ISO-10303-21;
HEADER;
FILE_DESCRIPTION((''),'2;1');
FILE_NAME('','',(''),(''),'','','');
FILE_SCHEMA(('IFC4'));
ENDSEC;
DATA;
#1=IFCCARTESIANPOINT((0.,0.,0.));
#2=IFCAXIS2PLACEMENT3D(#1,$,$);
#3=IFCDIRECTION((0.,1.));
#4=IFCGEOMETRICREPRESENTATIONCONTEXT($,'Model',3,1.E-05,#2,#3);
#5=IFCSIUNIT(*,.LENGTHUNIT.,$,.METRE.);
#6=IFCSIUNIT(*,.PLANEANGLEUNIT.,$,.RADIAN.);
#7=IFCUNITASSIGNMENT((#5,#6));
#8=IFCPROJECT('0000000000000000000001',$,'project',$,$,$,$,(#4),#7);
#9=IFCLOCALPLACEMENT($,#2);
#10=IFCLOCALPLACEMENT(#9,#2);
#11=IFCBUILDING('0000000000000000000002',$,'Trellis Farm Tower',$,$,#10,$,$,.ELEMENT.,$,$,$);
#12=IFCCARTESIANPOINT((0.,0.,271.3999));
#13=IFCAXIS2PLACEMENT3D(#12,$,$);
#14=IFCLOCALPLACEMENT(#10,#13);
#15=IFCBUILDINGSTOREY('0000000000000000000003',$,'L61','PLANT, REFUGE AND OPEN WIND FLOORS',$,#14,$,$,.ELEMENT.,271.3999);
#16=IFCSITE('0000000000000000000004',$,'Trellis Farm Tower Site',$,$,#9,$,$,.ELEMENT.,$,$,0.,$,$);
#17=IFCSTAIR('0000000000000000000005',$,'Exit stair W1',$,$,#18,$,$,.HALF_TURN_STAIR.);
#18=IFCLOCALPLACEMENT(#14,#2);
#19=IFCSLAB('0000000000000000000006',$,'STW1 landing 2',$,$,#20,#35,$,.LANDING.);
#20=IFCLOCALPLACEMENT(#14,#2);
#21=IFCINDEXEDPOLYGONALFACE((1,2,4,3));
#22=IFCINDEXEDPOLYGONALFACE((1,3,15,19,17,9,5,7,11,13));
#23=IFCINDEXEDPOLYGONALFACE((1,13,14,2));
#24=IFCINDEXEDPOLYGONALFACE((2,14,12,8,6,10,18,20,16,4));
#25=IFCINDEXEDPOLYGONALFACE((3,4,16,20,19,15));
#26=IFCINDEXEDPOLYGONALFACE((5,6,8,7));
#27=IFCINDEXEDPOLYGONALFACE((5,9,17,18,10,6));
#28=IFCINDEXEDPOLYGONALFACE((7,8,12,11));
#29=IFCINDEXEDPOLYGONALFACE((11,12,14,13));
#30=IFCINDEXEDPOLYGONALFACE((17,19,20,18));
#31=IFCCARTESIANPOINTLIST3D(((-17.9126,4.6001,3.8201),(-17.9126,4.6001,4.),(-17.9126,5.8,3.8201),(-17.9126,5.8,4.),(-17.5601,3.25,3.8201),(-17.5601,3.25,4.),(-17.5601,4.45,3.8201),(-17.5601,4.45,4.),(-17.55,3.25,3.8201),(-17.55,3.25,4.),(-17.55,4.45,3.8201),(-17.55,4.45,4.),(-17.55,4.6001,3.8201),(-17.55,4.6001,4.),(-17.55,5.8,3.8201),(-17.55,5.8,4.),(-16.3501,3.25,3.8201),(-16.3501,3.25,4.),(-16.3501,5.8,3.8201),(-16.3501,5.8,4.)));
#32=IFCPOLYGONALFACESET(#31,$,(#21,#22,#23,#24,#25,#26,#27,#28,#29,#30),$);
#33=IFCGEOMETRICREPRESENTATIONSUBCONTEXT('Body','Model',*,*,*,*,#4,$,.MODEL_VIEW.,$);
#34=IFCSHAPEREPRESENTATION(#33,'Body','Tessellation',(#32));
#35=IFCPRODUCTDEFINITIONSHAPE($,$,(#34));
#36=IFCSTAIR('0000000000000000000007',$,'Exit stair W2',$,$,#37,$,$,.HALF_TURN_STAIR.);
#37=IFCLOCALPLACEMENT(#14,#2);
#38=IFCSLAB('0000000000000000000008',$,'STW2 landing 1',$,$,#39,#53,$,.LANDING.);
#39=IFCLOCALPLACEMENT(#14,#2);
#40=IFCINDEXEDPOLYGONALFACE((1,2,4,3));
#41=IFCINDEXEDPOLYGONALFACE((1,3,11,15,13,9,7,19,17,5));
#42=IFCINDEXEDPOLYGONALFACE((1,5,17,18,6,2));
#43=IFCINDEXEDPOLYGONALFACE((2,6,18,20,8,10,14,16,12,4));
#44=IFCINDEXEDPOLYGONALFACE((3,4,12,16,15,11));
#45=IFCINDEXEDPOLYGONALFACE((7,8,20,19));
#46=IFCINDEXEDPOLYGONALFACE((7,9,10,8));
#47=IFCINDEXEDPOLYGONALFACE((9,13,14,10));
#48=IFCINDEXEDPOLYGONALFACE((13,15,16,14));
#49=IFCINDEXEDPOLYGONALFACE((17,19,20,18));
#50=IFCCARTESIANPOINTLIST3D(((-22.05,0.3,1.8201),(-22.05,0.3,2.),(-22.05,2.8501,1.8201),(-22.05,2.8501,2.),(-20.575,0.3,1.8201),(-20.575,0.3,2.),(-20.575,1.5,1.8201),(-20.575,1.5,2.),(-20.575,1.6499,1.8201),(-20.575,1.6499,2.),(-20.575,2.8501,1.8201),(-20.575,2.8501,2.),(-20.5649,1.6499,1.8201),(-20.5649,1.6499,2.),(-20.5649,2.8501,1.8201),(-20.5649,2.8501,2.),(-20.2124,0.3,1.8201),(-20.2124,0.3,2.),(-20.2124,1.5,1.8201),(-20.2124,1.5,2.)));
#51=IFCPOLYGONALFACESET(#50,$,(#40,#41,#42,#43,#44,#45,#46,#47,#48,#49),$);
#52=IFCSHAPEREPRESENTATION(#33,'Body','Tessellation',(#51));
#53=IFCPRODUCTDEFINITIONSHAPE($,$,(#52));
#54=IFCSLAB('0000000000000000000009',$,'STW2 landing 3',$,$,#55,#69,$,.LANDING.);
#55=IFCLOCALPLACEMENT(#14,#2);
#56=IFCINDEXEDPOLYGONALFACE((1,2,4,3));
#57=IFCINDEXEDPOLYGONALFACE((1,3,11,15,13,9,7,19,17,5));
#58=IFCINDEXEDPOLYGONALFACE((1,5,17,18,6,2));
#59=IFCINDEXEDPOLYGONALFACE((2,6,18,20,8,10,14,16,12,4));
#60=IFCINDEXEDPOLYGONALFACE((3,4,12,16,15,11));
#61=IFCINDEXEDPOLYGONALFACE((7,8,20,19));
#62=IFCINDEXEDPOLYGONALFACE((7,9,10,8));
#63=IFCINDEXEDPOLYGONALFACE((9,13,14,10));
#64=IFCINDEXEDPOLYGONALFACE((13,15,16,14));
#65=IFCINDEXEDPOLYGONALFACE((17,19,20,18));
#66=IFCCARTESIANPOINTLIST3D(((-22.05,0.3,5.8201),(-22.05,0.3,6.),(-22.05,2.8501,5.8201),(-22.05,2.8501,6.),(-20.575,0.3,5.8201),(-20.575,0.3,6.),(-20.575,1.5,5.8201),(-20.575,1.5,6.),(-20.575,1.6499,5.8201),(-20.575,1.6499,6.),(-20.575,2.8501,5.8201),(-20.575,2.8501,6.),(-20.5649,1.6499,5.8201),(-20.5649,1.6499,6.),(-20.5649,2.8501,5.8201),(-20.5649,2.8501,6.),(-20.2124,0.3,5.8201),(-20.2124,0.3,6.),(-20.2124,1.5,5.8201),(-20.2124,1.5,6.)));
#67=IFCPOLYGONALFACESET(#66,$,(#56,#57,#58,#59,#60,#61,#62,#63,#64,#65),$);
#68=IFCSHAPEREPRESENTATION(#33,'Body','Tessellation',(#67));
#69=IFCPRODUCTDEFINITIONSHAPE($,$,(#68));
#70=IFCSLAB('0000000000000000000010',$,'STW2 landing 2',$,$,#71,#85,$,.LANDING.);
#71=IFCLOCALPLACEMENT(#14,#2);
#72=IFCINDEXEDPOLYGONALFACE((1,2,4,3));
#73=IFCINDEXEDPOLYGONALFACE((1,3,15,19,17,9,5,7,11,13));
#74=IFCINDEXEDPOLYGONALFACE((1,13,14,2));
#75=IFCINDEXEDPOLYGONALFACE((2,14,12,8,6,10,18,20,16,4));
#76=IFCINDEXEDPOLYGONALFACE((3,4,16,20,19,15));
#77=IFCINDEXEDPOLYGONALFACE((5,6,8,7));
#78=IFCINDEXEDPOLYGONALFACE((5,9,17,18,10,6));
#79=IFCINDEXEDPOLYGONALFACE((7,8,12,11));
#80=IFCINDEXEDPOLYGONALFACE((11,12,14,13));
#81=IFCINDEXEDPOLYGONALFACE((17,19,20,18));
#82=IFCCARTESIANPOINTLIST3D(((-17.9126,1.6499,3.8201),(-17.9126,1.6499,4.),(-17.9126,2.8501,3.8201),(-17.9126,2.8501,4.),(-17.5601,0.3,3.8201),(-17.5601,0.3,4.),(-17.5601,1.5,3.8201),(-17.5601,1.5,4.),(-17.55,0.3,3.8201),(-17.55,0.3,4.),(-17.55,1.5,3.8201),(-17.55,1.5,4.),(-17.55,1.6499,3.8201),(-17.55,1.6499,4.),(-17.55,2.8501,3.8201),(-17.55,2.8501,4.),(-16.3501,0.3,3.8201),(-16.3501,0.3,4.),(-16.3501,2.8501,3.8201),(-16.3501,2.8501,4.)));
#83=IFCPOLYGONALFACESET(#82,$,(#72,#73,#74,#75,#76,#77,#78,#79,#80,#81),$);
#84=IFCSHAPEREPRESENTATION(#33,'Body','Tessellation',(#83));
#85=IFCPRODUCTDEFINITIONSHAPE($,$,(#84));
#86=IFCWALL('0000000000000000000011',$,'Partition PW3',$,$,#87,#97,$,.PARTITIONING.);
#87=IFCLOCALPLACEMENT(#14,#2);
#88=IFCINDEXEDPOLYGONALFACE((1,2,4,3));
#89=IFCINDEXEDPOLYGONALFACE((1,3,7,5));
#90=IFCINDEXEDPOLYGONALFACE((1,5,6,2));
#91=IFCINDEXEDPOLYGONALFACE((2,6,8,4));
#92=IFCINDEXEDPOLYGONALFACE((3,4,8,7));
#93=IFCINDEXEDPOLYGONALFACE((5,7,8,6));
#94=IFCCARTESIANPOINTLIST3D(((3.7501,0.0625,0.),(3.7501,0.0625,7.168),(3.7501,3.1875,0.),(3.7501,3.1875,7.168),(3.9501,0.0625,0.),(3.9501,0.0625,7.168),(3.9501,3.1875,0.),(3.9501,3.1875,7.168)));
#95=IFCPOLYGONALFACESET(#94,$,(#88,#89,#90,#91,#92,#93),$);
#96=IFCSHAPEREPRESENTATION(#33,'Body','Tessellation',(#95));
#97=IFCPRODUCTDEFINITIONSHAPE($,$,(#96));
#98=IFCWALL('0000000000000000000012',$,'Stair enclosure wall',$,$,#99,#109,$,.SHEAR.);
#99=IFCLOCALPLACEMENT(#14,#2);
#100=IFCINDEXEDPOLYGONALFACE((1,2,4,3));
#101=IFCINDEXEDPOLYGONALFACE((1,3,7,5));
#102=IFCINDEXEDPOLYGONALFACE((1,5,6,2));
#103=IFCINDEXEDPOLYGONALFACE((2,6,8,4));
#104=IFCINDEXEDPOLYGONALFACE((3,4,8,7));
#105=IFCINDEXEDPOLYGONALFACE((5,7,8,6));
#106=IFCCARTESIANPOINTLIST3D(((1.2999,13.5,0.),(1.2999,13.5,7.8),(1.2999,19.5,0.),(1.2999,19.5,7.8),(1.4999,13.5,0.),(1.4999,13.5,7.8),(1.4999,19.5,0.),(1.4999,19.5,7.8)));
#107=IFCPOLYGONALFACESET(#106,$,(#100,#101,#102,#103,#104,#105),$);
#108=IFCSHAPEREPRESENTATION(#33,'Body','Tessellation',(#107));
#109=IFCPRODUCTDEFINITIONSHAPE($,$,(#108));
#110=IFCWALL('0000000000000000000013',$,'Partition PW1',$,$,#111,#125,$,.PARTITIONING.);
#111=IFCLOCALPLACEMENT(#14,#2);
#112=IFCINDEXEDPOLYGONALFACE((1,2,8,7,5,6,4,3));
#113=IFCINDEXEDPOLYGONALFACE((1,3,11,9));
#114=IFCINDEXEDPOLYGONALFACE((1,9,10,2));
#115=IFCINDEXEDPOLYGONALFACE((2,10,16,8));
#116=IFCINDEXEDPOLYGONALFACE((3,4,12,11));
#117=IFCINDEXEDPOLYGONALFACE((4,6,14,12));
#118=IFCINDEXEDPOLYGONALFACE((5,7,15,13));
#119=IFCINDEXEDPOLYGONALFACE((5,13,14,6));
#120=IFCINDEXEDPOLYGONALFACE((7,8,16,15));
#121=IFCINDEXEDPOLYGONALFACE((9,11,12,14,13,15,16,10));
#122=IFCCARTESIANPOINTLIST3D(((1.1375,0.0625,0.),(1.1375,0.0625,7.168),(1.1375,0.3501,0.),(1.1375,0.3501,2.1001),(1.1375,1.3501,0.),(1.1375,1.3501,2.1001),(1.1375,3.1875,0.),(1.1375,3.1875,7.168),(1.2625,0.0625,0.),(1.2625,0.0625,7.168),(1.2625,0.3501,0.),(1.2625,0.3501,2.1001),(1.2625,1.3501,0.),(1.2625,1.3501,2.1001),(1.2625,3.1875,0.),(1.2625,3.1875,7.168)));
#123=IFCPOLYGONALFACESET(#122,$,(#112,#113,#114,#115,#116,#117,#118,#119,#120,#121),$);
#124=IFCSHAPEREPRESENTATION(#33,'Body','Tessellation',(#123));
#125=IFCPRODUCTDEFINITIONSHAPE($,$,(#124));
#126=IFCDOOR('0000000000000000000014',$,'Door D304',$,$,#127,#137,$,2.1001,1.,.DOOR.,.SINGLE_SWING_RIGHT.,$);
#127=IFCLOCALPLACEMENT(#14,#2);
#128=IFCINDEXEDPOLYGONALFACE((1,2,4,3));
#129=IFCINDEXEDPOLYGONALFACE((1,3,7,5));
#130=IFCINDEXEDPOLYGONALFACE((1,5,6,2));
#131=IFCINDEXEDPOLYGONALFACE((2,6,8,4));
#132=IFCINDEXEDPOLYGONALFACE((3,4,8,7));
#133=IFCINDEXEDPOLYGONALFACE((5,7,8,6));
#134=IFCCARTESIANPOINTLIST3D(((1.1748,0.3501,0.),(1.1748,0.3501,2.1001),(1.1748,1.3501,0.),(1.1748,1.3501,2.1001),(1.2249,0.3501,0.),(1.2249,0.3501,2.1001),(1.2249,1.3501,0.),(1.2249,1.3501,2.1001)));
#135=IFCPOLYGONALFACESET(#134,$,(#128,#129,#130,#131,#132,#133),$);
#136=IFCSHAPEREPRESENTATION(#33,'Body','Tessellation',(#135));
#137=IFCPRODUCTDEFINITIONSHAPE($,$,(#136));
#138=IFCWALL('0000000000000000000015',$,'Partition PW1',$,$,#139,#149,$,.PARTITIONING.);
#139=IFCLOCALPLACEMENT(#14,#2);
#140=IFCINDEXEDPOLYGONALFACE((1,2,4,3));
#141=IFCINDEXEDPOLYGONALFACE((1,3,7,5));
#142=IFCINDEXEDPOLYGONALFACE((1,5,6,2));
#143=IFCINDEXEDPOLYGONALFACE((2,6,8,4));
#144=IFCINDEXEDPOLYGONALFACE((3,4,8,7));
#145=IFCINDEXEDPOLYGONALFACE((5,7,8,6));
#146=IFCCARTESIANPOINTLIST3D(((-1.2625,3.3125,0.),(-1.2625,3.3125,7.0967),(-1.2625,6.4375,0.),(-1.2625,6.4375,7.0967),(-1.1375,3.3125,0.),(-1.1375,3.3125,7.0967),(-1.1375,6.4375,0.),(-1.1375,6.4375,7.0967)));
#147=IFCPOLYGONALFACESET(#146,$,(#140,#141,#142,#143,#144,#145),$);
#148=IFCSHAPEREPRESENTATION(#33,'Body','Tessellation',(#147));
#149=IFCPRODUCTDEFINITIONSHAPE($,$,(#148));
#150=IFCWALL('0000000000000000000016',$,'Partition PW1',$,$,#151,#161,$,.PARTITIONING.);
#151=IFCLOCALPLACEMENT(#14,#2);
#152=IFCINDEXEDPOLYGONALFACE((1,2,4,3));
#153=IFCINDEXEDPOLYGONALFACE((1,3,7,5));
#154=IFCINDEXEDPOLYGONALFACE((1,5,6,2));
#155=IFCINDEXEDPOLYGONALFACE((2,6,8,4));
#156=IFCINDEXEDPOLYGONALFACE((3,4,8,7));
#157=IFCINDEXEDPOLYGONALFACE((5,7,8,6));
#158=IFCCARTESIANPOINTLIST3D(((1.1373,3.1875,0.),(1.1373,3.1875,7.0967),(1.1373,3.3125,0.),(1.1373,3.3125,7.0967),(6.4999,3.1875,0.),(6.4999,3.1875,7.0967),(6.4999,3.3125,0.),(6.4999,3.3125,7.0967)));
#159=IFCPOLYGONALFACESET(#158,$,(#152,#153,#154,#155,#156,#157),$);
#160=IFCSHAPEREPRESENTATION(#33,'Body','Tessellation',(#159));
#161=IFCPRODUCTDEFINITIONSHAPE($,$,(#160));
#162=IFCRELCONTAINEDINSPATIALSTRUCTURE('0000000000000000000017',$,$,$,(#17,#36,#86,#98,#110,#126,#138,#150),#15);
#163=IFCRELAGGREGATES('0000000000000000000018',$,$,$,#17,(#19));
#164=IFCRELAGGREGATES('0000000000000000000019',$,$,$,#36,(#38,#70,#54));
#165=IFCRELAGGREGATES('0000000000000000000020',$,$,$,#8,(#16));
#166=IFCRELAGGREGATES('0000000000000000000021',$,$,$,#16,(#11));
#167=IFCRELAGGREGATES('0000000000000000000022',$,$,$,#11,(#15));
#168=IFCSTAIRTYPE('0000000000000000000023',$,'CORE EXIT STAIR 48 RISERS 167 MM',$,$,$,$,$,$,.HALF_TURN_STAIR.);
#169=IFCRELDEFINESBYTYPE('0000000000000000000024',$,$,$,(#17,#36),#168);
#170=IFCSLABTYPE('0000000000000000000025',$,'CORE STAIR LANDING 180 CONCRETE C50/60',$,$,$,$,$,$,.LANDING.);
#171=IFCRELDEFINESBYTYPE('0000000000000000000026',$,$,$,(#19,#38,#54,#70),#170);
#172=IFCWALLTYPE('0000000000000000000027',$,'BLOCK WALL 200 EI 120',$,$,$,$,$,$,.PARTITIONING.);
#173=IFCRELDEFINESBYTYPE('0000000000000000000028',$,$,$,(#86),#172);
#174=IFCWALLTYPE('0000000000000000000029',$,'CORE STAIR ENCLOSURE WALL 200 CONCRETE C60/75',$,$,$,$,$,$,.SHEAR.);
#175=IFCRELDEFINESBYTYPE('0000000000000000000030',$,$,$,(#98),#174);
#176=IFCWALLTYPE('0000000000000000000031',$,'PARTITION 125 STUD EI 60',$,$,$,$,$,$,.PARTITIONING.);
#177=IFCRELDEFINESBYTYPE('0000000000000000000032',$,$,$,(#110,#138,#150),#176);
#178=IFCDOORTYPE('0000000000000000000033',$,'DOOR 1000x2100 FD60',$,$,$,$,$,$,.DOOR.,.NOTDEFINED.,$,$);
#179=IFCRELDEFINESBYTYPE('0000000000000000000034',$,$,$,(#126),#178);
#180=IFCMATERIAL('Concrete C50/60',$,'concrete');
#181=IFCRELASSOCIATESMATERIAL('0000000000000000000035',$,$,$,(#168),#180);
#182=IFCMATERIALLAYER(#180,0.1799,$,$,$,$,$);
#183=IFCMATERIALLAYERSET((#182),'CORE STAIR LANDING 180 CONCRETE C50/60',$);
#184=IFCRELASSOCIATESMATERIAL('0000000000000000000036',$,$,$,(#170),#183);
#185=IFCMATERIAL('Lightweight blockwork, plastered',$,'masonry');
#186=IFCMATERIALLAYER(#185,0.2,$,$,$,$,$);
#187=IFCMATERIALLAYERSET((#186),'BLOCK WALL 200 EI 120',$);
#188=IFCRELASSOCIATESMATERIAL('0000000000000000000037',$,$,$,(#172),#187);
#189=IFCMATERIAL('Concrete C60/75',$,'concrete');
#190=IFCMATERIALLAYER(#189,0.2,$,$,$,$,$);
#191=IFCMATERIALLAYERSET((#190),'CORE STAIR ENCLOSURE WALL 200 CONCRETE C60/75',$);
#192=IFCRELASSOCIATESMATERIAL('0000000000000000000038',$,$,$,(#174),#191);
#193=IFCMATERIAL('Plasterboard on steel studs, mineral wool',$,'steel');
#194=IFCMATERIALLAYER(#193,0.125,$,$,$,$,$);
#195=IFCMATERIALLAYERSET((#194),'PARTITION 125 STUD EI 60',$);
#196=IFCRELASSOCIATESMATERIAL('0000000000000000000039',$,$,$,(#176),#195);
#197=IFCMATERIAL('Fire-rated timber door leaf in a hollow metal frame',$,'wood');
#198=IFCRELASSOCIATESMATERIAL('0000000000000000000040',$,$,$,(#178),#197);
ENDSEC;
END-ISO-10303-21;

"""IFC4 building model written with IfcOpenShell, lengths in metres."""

from ifc_helpers import new_model, si_unit, direction, frame, frame_2d, origin, place, context, subcontext, project, spatial, polyline, rectangle, outline, extrude, source, transform, mapped, material, layer, layer_set, type_object, element, fill, aggregate, save


model = new_model("IFC4")

# Units and contexts
model_context = context("Model", 3, precision=1e-05, world=origin(), true_north=direction((0.0, 1.0)))
body_context = subcontext(model_context, "Body", "Model", "MODEL_VIEW")
ifc_project = project(units=[si_unit("LENGTHUNIT", "METRE"), si_unit("PLANEANGLEUNIT", "RADIAN")], contexts=[model_context])

# Site, building, storey
site_placement = place(None, origin())
site = spatial("IfcSite", under=ifc_project, at=site_placement, Name="Trellis Farm Tower Site", CompositionType="ELEMENT", RefElevation=0.0)
building_placement = place(site_placement, origin())
building = spatial("IfcBuilding", under=site, at=building_placement, Name="Trellis Farm Tower", CompositionType="ELEMENT")
storey_placement = place(building_placement, frame((0.0, 0.0, 271.3999)))
storey = spatial("IfcBuildingStorey", under=building, at=storey_placement, Name="L61", Description="PLANT, REFUGE AND OPEN WIND FLOORS", CompositionType="ELEMENT", Elevation=271.3999)

# Shared definitions
ifc_material_1 = material(Name="Concrete C60/75", Category="concrete")

# Stairs, slabs
ifc_material_2 = material(Name="Concrete C50/60", Category="concrete")
stair_type = type_object("IfcStairType", Name="CORE EXIT STAIR 48 RISERS 167 MM", PredefinedType="HALF_TURN_STAIR", material=ifc_material_2)
placement_1 = place(storey_placement, origin())
ifc_layer_1 = layer(ifc_material_2, 0.1799)
ifc_layer_set_1 = layer_set([ifc_layer_1], Name="CORE STAIR LANDING 180 CONCRETE C50/60")
slab_type = type_object("IfcSlabType", Name="CORE STAIR LANDING 180 CONCRETE C50/60", PredefinedType="LANDING", material=ifc_layer_set_1)
placement_2 = place(storey_placement, frame((0.0, 0.0, 5.8201)))
placement_3 = place(storey_placement, frame((0.0, 0.0, 3.8201)))
placement_4 = place(storey_placement, frame((0.0, 0.0, 1.8201)))
stair_1 = element("IfcStair", 1, at=placement_1, inside=storey, type_object=stair_type, Name="Exit stair W1", PredefinedType="HALF_TURN_STAIR")
shared_shape_1 = source(origin(), body_context, "Body", "SweptSolid", [
    extrude(outline(polyline([(-17.5601, 3.25), (-17.5601, 4.45), (-17.55, 4.45), (-17.55, 4.6001), (-17.9126, 4.6001), (-17.9126, 5.8), (-17.55, 5.8), (-16.3501, 5.8), (-16.3501, 3.25), (-17.55, 3.25), (-17.5601, 3.25)])), origin(), (0.0, 0.0, 1.0), 0.1799),
])
slab_1 = element("IfcSlab", 2, at=placement_3, type_object=slab_type, Name="STW1 landing 2", PredefinedType="LANDING", context=body_context, shape_type="MappedRepresentation", body=[
    mapped(shared_shape_1, transform((0.0, 0.0, 0.0))),
])
aggregate(stair_1, [slab_1])
stair_2 = element("IfcStair", 3, at=placement_1, inside=storey, type_object=stair_type, Name="Exit stair W2", PredefinedType="HALF_TURN_STAIR")
shared_shape_2 = source(origin(), body_context, "Body", "SweptSolid", [
    extrude(outline(polyline([(-20.2124, 1.5), (-20.2124, 0.3), (-20.575, 0.3), (-22.05, 0.3), (-22.05, 2.8501), (-20.575, 2.8501), (-20.5649, 2.8501), (-20.5649, 1.6499), (-20.575, 1.6499), (-20.575, 1.5), (-20.2124, 1.5)])), origin(), (0.0, 0.0, 1.0), 0.1799),
])
slab_2 = element("IfcSlab", 4, at=placement_4, type_object=slab_type, Name="STW2 landing 1", PredefinedType="LANDING", context=body_context, shape_type="MappedRepresentation", body=[
    mapped(shared_shape_2, transform((0.0, 0.0, 0.0))),
])
slab_3 = element("IfcSlab", 5, at=placement_2, type_object=slab_type, Name="STW2 landing 3", PredefinedType="LANDING", context=body_context, shape_type="MappedRepresentation", body=[
    mapped(shared_shape_2, transform((0.0, 0.0, 0.0))),
])
shared_shape_3 = source(origin(), body_context, "Body", "SweptSolid", [
    extrude(outline(polyline([(-17.5601, 0.3), (-17.5601, 1.5), (-17.55, 1.5), (-17.55, 1.6499), (-17.9126, 1.6499), (-17.9126, 2.8501), (-17.55, 2.8501), (-16.3501, 2.8501), (-16.3501, 0.3), (-17.55, 0.3), (-17.5601, 0.3)])), origin(), (0.0, 0.0, 1.0), 0.1799),
])
slab_4 = element("IfcSlab", 6, at=placement_3, type_object=slab_type, Name="STW2 landing 2", PredefinedType="LANDING", context=body_context, shape_type="MappedRepresentation", body=[
    mapped(shared_shape_3, transform((0.0, 0.0, 0.0))),
])
aggregate(stair_2, [slab_2, slab_4, slab_3])

# Walls
ifc_material_3 = material(Name="Lightweight blockwork, plastered", Category="masonry")
ifc_layer_2 = layer(ifc_material_3, 0.2)
ifc_layer_set_2 = layer_set([ifc_layer_2], Name="BLOCK WALL 200 EI 120")
wall_type_1 = type_object("IfcWallType", Name="BLOCK WALL 200 EI 120", PredefinedType="PARTITIONING", material=ifc_layer_set_2)
wall_1_placement = place(storey_placement, frame((3.8501, 0.0625, 0.0), z_axis=(0.0, 0.0, 1.0), x_axis=(0.0, 1.0, 0.0)))
element("IfcWall", 7, at=wall_1_placement, inside=storey, type_object=wall_type_1, Name="Partition PW3", PredefinedType="PARTITIONING", context=body_context, shape_type="SweptSolid", body=[
    extrude(rectangle(XDim=3.125, YDim=0.2, at=frame_2d((1.5625, 0.0))), origin(), (0.0, 0.0, 1.0), 7.168),
])
ifc_layer_3 = layer(ifc_material_1, 0.2)
ifc_layer_set_3 = layer_set([ifc_layer_3], Name="CORE STAIR ENCLOSURE WALL 200 CONCRETE C60/75")
wall_type_2 = type_object("IfcWallType", Name="CORE STAIR ENCLOSURE WALL 200 CONCRETE C60/75", PredefinedType="SHEAR", material=ifc_layer_set_3)
shared_shape_4 = source(origin(), body_context, "Body", "SweptSolid", [
    extrude(rectangle(XDim=6.0, YDim=0.2, at=frame_2d((3.0, 0.0))), origin(), (0.0, 0.0, 1.0), 7.8),
])
wall_2_placement = place(storey_placement, frame((1.3999, 13.5, 0.0), z_axis=(0.0, 0.0, 1.0), x_axis=(0.0, 1.0, 0.0)))
element("IfcWall", 8, at=wall_2_placement, inside=storey, type_object=wall_type_2, Name="Stair enclosure wall", PredefinedType="SHEAR", context=body_context, shape_type="MappedRepresentation", body=[
    mapped(shared_shape_4, transform((0.0, 0.0, 0.0))),
])

# Wall, opening, door
ifc_material_4 = material(Name="Plasterboard on steel studs, mineral wool", Category="steel")
ifc_layer_4 = layer(ifc_material_4, 0.125)
ifc_layer_set_4 = layer_set([ifc_layer_4], Name="PARTITION 125 STUD EI 60")
wall_type_3 = type_object("IfcWallType", Name="PARTITION 125 STUD EI 60", PredefinedType="PARTITIONING", material=ifc_layer_set_4)
shared_shape_5 = source(origin(), body_context, "Body", "SweptSolid", [
    extrude(rectangle(XDim=3.125, YDim=0.125, at=frame_2d((1.5625, 0.0))), origin(), (0.0, 0.0, 1.0), 7.168),
])
wall_3_placement = place(storey_placement, frame((1.2, 3.1875, 0.0), z_axis=(0.0, 0.0, 1.0), x_axis=(0.0, -1.0, 0.0)))
wall_3 = element("IfcWall", 9, at=wall_3_placement, inside=storey, type_object=wall_type_3, Name="Partition PW1", PredefinedType="PARTITIONING", context=body_context, shape_type="MappedRepresentation", body=[
    mapped(shared_shape_5, transform((0.0, 0.0, 0.0))),
])
shared_shape_6 = source(origin(), body_context, "Body", "SweptSolid", [
    extrude(rectangle(XDim=1.0, YDim=2.1001, at=frame_2d((0.5, 1.05))), frame((0.0, 0.0725, 0.0), z_axis=(0.0, -1.0, 0.0), x_axis=(1.0, 0.0, 0.0)), (0.0, 0.0, 1.0), 0.145),
])
opening_placement = place(wall_3_placement, frame((1.8374, 0.0, 0.0)))
opening = element("IfcOpeningElement", 10, at=opening_placement, cuts=wall_3, PredefinedType="OPENING", context=body_context, shape_type="MappedRepresentation", body=[
    mapped(shared_shape_6, transform((0.0, 0.0, 0.0))),
])
ifc_material_5 = material(Name="Fire-rated timber door leaf in a hollow metal frame", Category="wood")
door_type = type_object("IfcDoorType", Name="DOOR 1000x2100 FD60", OperationType="NOTDEFINED", PredefinedType="DOOR", material=ifc_material_5)
shared_shape_7 = source(origin(), body_context, "Body", "SweptSolid", [
    extrude(rectangle(XDim=1.0, YDim=2.1001, at=frame_2d((0.5, 1.05))), frame((0.0, 0.0249, 0.0), z_axis=(0.0, -1.0, 0.0), x_axis=(1.0, 0.0, 0.0)), (0.0, 0.0, 1.0), 0.05),
])
door_placement = place(opening_placement, origin())
door = element("IfcDoor", 11, at=door_placement, inside=storey, type_object=door_type, Name="Door D304", OperationType="SINGLE_SWING_RIGHT", OverallHeight=2.1001, OverallWidth=1.0, PredefinedType="DOOR", context=body_context, shape_type="MappedRepresentation", body=[
    mapped(shared_shape_7, transform((0.0, 0.0, 0.0))),
])
fill(opening, door)

# Walls
shared_shape_8 = source(origin(), body_context, "Body", "SweptSolid", [
    extrude(rectangle(XDim=3.125, YDim=0.125, at=frame_2d((1.5625, 0.0))), origin(), (0.0, 0.0, 1.0), 7.0967),
])
wall_4_placement = place(storey_placement, frame((-1.2, 6.4375, 0.0), z_axis=(0.0, 0.0, 1.0), x_axis=(0.0, -1.0, 0.0)))
element("IfcWall", 12, at=wall_4_placement, inside=storey, type_object=wall_type_3, Name="Partition PW1", PredefinedType="PARTITIONING", context=body_context, shape_type="MappedRepresentation", body=[
    mapped(shared_shape_8, transform((0.0, 0.0, 0.0))),
])
shared_shape_9 = source(origin(), body_context, "Body", "SweptSolid", [
    extrude(rectangle(XDim=5.3625, YDim=0.125, at=frame_2d((2.6812, 0.0))), origin(), (0.0, 0.0, 1.0), 7.0967),
])
wall_5_placement = place(storey_placement, frame((1.1375, 3.25, 0.0), z_axis=(0.0, 0.0, 1.0), x_axis=(1.0, 0.0, 0.0)))
element("IfcWall", 13, at=wall_5_placement, inside=storey, type_object=wall_type_3, Name="Partition PW1", PredefinedType="PARTITIONING", context=body_context, shape_type="MappedRepresentation", body=[
    mapped(shared_shape_9, transform((0.0, 0.0, 0.0))),
])

save(model, "model.ifc")
